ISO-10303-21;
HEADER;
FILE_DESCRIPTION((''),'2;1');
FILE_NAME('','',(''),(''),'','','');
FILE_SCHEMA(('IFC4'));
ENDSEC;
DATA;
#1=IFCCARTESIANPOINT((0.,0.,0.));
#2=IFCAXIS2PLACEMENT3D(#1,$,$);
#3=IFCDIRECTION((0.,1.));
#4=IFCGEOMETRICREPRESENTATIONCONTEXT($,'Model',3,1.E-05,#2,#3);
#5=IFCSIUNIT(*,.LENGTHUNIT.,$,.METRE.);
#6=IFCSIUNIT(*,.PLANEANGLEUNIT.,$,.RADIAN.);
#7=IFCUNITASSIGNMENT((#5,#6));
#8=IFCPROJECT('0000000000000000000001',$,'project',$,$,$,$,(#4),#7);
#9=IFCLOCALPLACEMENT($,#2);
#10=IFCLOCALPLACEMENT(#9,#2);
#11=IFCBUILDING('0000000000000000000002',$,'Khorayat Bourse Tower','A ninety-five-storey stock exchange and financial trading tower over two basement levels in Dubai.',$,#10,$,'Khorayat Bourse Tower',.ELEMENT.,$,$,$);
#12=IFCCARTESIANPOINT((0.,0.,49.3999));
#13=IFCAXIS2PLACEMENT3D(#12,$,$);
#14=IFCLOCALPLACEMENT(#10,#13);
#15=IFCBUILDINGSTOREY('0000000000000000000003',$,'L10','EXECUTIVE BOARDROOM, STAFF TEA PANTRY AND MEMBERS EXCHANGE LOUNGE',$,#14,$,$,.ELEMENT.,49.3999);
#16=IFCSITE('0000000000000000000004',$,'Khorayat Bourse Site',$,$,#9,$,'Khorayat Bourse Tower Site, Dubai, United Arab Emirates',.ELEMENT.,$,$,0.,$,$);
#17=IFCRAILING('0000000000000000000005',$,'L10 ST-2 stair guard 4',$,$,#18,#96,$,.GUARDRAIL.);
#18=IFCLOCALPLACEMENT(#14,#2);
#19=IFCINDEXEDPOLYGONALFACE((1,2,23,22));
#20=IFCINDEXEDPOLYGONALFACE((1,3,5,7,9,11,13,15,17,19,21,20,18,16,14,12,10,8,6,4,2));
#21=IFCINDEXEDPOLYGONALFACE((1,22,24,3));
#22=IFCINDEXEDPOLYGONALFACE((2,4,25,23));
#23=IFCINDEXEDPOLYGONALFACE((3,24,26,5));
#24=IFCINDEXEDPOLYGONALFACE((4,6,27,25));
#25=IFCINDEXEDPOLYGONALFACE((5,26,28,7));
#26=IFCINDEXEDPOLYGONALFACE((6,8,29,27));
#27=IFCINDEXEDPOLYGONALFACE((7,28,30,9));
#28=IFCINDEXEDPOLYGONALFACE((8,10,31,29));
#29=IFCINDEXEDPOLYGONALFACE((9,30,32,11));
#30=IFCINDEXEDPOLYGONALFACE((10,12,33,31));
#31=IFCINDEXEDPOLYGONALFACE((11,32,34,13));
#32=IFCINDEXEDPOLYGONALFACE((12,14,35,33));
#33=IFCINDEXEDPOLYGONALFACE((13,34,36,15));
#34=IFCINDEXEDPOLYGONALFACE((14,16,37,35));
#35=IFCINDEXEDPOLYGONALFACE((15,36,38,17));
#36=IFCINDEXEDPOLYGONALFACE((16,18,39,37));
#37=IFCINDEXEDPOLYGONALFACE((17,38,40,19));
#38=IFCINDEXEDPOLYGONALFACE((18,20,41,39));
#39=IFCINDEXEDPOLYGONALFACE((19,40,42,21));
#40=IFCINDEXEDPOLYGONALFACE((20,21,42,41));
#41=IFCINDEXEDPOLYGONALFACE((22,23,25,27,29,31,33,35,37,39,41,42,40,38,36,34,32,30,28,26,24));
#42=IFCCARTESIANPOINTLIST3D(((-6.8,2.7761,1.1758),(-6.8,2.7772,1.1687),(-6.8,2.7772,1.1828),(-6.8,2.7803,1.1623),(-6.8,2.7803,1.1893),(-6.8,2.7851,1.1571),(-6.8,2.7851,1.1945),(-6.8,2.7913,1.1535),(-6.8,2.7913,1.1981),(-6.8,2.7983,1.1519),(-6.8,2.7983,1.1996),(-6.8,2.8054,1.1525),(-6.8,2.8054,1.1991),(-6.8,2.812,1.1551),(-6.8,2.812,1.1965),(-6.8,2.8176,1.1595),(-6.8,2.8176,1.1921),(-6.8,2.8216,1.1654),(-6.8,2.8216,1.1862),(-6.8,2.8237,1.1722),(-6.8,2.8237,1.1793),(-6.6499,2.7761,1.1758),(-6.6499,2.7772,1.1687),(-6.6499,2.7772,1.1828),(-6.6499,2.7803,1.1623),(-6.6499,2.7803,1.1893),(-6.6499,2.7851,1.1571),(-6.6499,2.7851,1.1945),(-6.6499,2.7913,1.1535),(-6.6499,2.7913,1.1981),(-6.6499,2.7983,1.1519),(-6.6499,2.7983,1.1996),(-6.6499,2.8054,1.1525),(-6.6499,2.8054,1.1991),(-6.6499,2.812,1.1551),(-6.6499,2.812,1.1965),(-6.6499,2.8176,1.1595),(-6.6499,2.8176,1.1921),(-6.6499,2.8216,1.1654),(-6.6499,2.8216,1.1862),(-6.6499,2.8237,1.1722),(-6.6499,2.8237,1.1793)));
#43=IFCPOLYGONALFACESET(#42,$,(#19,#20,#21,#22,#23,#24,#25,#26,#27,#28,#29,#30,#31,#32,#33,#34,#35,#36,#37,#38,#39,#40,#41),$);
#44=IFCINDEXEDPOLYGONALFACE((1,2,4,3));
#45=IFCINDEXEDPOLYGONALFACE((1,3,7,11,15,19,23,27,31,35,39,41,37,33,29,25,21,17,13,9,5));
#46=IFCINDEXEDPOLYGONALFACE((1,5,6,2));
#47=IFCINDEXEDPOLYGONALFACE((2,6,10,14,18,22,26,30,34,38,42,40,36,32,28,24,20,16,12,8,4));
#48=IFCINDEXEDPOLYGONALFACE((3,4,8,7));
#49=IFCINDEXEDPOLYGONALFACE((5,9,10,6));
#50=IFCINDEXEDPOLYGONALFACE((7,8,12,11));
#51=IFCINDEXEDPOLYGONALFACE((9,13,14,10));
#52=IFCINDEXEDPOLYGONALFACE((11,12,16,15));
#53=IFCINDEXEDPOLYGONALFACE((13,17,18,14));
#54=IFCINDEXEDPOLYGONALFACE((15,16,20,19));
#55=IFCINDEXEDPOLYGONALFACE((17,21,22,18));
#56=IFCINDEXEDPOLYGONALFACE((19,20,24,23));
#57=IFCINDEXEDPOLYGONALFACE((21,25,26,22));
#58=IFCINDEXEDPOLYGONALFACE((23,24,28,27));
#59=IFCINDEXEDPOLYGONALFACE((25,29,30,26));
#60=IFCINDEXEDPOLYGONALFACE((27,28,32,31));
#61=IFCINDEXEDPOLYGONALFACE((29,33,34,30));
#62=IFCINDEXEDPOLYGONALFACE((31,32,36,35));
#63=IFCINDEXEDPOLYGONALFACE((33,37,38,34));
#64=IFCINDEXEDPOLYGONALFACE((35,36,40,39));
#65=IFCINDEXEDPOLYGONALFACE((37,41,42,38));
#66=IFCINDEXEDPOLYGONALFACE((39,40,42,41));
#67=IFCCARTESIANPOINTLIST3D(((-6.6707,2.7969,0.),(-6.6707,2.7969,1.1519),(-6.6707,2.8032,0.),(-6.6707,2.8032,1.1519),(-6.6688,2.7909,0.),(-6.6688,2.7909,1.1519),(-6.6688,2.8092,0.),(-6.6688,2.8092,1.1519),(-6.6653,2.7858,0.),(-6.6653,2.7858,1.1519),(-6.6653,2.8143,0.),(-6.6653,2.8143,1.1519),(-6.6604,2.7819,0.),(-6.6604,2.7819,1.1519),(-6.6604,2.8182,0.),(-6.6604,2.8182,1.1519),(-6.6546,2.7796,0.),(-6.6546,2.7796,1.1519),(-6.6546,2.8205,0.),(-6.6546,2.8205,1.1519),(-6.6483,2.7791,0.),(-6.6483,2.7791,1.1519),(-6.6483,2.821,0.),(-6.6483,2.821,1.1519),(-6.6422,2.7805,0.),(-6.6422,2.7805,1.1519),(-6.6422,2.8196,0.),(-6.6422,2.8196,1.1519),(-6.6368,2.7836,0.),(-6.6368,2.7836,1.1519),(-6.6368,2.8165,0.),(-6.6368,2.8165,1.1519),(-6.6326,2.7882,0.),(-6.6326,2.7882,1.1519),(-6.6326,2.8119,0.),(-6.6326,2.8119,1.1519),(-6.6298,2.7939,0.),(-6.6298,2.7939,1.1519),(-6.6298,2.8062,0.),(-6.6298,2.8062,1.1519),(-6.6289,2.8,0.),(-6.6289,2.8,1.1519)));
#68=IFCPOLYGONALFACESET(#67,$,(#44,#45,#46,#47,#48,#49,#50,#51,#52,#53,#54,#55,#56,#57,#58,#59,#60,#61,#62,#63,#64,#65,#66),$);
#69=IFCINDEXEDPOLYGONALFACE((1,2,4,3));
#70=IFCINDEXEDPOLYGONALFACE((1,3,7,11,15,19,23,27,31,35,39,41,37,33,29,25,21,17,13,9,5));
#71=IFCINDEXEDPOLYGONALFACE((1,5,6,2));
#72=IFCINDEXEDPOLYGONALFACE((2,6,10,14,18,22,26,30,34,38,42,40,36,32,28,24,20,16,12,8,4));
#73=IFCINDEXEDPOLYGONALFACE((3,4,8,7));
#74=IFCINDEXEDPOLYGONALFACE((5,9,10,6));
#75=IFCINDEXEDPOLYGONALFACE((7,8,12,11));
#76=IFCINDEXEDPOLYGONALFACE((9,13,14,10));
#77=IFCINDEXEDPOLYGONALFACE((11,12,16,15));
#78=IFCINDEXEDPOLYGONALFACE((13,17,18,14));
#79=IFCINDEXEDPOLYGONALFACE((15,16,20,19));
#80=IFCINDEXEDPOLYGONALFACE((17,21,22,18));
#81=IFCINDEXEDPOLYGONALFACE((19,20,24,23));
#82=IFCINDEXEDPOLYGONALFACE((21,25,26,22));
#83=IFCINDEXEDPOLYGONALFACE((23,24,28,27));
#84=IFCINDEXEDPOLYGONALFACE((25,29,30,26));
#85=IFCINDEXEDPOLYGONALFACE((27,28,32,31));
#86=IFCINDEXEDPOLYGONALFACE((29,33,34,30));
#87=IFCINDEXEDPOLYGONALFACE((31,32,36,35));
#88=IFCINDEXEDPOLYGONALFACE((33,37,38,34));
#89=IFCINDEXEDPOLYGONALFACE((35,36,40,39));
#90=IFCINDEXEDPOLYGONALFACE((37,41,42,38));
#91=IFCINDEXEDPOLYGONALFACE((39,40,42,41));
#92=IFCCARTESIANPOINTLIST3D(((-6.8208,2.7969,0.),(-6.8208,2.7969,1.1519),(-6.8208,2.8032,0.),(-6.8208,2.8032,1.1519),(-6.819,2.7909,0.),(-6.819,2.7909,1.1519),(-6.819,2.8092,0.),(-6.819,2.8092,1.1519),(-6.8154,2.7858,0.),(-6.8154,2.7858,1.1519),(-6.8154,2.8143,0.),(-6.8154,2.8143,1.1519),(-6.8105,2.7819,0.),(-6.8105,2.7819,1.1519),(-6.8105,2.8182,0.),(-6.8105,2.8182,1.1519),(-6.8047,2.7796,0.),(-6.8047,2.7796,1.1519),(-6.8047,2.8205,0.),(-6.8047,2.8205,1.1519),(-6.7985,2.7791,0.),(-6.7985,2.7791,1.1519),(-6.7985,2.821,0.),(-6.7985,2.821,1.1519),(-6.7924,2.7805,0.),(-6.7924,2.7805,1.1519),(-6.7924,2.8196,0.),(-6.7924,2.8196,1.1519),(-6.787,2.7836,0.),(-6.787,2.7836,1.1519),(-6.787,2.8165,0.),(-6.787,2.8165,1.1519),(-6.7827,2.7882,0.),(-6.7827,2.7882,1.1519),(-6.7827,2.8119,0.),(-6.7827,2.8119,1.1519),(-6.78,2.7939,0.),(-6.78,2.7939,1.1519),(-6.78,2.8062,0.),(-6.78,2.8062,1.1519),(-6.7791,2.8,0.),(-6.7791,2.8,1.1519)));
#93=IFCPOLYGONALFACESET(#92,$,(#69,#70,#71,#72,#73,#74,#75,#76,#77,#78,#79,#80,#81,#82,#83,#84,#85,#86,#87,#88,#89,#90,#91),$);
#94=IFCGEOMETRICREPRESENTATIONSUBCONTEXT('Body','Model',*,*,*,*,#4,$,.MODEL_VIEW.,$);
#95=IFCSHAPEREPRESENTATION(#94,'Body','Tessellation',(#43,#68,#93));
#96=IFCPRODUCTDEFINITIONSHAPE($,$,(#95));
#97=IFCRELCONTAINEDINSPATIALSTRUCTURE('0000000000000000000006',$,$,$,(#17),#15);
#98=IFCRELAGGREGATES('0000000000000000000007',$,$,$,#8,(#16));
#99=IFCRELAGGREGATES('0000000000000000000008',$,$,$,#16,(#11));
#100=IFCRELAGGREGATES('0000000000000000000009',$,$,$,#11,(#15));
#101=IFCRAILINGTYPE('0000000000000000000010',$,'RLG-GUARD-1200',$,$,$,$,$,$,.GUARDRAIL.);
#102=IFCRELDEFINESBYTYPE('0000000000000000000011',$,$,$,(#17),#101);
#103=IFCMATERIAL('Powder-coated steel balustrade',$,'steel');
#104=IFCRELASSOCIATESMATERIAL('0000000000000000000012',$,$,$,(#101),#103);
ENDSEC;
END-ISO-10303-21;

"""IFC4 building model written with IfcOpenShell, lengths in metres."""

from ifc_helpers import new_model, si_unit, direction, frame, origin, origin_2d, place, context, subcontext, project, spatial, circle, extrude, source, transform, mapped, material, type_object, element, save


model = new_model("IFC4")

# Units and contexts
model_context = context("Model", 3, precision=1e-05, world=origin(), true_north=direction((0.0, 1.0)))
body_context = subcontext(model_context, "Body", "Model", "MODEL_VIEW")
ifc_project = project(units=[si_unit("LENGTHUNIT", "METRE"), si_unit("PLANEANGLEUNIT", "RADIAN")], contexts=[model_context])

# Site, building, storey
site_placement = place(None, origin())
site = spatial("IfcSite", under=ifc_project, at=site_placement, Name="Khorayat Bourse Site", LongName="Khorayat Bourse Tower Site, Dubai, United Arab Emirates", CompositionType="ELEMENT", RefElevation=0.0)
building_placement = place(site_placement, origin())
building = spatial("IfcBuilding", under=site, at=building_placement, Name="Khorayat Bourse Tower", Description="A ninety-five-storey stock exchange and financial trading tower over two basement levels in Dubai.", LongName="Khorayat Bourse Tower", CompositionType="ELEMENT")
storey_placement = place(building_placement, frame((0.0, 0.0, 49.3999)))
storey = spatial("IfcBuildingStorey", under=building, at=storey_placement, Name="L10", Description="EXECUTIVE BOARDROOM, STAFF TEA PANTRY AND MEMBERS EXCHANGE LOUNGE", CompositionType="ELEMENT", Elevation=49.3999)

# Railing
ifc_material_1 = material(Name="Powder-coated steel balustrade", Category="steel")
railing_type_1 = type_object("IfcRailingType", Name="RLG-GUARD-1200", PredefinedType="GUARDRAIL", material=ifc_material_1)
shared_shape_1 = source(origin(), body_context, "Body", "SweptSolid", [
    extrude(circle(Radius=0.0239, at=origin_2d()), frame((0.0, 0.0, 1.1758), z_axis=(-1.0, 0.0, 0.0), x_axis=(0.0, -1.0, 0.0)), (0.0, 0.0, 1.0), 0.1501),
    extrude(circle(Radius=0.021, at=origin_2d()), origin(), (0.0, 0.0, 1.0), 1.1519),
    extrude(circle(Radius=0.021, at=origin_2d()), frame((-0.1501, 0.0, 0.0)), (0.0, 0.0, 1.0), 1.1519),
])
for number, where, name in (
    (1, (-6.6499, 2.8, 0.0), "L10 ST-2 stair guard 4"),
):
    element("IfcRailing", number, at=place(storey_placement, frame(where)), inside=storey, type_object=railing_type_1, Name=name, PredefinedType="GUARDRAIL", context=body_context, shape_type="MappedRepresentation", body=[
        mapped(shared_shape_1, transform((0.0, 0.0, 0.0), scale=1.0)),
    ])

save(model, "model.ifc")
